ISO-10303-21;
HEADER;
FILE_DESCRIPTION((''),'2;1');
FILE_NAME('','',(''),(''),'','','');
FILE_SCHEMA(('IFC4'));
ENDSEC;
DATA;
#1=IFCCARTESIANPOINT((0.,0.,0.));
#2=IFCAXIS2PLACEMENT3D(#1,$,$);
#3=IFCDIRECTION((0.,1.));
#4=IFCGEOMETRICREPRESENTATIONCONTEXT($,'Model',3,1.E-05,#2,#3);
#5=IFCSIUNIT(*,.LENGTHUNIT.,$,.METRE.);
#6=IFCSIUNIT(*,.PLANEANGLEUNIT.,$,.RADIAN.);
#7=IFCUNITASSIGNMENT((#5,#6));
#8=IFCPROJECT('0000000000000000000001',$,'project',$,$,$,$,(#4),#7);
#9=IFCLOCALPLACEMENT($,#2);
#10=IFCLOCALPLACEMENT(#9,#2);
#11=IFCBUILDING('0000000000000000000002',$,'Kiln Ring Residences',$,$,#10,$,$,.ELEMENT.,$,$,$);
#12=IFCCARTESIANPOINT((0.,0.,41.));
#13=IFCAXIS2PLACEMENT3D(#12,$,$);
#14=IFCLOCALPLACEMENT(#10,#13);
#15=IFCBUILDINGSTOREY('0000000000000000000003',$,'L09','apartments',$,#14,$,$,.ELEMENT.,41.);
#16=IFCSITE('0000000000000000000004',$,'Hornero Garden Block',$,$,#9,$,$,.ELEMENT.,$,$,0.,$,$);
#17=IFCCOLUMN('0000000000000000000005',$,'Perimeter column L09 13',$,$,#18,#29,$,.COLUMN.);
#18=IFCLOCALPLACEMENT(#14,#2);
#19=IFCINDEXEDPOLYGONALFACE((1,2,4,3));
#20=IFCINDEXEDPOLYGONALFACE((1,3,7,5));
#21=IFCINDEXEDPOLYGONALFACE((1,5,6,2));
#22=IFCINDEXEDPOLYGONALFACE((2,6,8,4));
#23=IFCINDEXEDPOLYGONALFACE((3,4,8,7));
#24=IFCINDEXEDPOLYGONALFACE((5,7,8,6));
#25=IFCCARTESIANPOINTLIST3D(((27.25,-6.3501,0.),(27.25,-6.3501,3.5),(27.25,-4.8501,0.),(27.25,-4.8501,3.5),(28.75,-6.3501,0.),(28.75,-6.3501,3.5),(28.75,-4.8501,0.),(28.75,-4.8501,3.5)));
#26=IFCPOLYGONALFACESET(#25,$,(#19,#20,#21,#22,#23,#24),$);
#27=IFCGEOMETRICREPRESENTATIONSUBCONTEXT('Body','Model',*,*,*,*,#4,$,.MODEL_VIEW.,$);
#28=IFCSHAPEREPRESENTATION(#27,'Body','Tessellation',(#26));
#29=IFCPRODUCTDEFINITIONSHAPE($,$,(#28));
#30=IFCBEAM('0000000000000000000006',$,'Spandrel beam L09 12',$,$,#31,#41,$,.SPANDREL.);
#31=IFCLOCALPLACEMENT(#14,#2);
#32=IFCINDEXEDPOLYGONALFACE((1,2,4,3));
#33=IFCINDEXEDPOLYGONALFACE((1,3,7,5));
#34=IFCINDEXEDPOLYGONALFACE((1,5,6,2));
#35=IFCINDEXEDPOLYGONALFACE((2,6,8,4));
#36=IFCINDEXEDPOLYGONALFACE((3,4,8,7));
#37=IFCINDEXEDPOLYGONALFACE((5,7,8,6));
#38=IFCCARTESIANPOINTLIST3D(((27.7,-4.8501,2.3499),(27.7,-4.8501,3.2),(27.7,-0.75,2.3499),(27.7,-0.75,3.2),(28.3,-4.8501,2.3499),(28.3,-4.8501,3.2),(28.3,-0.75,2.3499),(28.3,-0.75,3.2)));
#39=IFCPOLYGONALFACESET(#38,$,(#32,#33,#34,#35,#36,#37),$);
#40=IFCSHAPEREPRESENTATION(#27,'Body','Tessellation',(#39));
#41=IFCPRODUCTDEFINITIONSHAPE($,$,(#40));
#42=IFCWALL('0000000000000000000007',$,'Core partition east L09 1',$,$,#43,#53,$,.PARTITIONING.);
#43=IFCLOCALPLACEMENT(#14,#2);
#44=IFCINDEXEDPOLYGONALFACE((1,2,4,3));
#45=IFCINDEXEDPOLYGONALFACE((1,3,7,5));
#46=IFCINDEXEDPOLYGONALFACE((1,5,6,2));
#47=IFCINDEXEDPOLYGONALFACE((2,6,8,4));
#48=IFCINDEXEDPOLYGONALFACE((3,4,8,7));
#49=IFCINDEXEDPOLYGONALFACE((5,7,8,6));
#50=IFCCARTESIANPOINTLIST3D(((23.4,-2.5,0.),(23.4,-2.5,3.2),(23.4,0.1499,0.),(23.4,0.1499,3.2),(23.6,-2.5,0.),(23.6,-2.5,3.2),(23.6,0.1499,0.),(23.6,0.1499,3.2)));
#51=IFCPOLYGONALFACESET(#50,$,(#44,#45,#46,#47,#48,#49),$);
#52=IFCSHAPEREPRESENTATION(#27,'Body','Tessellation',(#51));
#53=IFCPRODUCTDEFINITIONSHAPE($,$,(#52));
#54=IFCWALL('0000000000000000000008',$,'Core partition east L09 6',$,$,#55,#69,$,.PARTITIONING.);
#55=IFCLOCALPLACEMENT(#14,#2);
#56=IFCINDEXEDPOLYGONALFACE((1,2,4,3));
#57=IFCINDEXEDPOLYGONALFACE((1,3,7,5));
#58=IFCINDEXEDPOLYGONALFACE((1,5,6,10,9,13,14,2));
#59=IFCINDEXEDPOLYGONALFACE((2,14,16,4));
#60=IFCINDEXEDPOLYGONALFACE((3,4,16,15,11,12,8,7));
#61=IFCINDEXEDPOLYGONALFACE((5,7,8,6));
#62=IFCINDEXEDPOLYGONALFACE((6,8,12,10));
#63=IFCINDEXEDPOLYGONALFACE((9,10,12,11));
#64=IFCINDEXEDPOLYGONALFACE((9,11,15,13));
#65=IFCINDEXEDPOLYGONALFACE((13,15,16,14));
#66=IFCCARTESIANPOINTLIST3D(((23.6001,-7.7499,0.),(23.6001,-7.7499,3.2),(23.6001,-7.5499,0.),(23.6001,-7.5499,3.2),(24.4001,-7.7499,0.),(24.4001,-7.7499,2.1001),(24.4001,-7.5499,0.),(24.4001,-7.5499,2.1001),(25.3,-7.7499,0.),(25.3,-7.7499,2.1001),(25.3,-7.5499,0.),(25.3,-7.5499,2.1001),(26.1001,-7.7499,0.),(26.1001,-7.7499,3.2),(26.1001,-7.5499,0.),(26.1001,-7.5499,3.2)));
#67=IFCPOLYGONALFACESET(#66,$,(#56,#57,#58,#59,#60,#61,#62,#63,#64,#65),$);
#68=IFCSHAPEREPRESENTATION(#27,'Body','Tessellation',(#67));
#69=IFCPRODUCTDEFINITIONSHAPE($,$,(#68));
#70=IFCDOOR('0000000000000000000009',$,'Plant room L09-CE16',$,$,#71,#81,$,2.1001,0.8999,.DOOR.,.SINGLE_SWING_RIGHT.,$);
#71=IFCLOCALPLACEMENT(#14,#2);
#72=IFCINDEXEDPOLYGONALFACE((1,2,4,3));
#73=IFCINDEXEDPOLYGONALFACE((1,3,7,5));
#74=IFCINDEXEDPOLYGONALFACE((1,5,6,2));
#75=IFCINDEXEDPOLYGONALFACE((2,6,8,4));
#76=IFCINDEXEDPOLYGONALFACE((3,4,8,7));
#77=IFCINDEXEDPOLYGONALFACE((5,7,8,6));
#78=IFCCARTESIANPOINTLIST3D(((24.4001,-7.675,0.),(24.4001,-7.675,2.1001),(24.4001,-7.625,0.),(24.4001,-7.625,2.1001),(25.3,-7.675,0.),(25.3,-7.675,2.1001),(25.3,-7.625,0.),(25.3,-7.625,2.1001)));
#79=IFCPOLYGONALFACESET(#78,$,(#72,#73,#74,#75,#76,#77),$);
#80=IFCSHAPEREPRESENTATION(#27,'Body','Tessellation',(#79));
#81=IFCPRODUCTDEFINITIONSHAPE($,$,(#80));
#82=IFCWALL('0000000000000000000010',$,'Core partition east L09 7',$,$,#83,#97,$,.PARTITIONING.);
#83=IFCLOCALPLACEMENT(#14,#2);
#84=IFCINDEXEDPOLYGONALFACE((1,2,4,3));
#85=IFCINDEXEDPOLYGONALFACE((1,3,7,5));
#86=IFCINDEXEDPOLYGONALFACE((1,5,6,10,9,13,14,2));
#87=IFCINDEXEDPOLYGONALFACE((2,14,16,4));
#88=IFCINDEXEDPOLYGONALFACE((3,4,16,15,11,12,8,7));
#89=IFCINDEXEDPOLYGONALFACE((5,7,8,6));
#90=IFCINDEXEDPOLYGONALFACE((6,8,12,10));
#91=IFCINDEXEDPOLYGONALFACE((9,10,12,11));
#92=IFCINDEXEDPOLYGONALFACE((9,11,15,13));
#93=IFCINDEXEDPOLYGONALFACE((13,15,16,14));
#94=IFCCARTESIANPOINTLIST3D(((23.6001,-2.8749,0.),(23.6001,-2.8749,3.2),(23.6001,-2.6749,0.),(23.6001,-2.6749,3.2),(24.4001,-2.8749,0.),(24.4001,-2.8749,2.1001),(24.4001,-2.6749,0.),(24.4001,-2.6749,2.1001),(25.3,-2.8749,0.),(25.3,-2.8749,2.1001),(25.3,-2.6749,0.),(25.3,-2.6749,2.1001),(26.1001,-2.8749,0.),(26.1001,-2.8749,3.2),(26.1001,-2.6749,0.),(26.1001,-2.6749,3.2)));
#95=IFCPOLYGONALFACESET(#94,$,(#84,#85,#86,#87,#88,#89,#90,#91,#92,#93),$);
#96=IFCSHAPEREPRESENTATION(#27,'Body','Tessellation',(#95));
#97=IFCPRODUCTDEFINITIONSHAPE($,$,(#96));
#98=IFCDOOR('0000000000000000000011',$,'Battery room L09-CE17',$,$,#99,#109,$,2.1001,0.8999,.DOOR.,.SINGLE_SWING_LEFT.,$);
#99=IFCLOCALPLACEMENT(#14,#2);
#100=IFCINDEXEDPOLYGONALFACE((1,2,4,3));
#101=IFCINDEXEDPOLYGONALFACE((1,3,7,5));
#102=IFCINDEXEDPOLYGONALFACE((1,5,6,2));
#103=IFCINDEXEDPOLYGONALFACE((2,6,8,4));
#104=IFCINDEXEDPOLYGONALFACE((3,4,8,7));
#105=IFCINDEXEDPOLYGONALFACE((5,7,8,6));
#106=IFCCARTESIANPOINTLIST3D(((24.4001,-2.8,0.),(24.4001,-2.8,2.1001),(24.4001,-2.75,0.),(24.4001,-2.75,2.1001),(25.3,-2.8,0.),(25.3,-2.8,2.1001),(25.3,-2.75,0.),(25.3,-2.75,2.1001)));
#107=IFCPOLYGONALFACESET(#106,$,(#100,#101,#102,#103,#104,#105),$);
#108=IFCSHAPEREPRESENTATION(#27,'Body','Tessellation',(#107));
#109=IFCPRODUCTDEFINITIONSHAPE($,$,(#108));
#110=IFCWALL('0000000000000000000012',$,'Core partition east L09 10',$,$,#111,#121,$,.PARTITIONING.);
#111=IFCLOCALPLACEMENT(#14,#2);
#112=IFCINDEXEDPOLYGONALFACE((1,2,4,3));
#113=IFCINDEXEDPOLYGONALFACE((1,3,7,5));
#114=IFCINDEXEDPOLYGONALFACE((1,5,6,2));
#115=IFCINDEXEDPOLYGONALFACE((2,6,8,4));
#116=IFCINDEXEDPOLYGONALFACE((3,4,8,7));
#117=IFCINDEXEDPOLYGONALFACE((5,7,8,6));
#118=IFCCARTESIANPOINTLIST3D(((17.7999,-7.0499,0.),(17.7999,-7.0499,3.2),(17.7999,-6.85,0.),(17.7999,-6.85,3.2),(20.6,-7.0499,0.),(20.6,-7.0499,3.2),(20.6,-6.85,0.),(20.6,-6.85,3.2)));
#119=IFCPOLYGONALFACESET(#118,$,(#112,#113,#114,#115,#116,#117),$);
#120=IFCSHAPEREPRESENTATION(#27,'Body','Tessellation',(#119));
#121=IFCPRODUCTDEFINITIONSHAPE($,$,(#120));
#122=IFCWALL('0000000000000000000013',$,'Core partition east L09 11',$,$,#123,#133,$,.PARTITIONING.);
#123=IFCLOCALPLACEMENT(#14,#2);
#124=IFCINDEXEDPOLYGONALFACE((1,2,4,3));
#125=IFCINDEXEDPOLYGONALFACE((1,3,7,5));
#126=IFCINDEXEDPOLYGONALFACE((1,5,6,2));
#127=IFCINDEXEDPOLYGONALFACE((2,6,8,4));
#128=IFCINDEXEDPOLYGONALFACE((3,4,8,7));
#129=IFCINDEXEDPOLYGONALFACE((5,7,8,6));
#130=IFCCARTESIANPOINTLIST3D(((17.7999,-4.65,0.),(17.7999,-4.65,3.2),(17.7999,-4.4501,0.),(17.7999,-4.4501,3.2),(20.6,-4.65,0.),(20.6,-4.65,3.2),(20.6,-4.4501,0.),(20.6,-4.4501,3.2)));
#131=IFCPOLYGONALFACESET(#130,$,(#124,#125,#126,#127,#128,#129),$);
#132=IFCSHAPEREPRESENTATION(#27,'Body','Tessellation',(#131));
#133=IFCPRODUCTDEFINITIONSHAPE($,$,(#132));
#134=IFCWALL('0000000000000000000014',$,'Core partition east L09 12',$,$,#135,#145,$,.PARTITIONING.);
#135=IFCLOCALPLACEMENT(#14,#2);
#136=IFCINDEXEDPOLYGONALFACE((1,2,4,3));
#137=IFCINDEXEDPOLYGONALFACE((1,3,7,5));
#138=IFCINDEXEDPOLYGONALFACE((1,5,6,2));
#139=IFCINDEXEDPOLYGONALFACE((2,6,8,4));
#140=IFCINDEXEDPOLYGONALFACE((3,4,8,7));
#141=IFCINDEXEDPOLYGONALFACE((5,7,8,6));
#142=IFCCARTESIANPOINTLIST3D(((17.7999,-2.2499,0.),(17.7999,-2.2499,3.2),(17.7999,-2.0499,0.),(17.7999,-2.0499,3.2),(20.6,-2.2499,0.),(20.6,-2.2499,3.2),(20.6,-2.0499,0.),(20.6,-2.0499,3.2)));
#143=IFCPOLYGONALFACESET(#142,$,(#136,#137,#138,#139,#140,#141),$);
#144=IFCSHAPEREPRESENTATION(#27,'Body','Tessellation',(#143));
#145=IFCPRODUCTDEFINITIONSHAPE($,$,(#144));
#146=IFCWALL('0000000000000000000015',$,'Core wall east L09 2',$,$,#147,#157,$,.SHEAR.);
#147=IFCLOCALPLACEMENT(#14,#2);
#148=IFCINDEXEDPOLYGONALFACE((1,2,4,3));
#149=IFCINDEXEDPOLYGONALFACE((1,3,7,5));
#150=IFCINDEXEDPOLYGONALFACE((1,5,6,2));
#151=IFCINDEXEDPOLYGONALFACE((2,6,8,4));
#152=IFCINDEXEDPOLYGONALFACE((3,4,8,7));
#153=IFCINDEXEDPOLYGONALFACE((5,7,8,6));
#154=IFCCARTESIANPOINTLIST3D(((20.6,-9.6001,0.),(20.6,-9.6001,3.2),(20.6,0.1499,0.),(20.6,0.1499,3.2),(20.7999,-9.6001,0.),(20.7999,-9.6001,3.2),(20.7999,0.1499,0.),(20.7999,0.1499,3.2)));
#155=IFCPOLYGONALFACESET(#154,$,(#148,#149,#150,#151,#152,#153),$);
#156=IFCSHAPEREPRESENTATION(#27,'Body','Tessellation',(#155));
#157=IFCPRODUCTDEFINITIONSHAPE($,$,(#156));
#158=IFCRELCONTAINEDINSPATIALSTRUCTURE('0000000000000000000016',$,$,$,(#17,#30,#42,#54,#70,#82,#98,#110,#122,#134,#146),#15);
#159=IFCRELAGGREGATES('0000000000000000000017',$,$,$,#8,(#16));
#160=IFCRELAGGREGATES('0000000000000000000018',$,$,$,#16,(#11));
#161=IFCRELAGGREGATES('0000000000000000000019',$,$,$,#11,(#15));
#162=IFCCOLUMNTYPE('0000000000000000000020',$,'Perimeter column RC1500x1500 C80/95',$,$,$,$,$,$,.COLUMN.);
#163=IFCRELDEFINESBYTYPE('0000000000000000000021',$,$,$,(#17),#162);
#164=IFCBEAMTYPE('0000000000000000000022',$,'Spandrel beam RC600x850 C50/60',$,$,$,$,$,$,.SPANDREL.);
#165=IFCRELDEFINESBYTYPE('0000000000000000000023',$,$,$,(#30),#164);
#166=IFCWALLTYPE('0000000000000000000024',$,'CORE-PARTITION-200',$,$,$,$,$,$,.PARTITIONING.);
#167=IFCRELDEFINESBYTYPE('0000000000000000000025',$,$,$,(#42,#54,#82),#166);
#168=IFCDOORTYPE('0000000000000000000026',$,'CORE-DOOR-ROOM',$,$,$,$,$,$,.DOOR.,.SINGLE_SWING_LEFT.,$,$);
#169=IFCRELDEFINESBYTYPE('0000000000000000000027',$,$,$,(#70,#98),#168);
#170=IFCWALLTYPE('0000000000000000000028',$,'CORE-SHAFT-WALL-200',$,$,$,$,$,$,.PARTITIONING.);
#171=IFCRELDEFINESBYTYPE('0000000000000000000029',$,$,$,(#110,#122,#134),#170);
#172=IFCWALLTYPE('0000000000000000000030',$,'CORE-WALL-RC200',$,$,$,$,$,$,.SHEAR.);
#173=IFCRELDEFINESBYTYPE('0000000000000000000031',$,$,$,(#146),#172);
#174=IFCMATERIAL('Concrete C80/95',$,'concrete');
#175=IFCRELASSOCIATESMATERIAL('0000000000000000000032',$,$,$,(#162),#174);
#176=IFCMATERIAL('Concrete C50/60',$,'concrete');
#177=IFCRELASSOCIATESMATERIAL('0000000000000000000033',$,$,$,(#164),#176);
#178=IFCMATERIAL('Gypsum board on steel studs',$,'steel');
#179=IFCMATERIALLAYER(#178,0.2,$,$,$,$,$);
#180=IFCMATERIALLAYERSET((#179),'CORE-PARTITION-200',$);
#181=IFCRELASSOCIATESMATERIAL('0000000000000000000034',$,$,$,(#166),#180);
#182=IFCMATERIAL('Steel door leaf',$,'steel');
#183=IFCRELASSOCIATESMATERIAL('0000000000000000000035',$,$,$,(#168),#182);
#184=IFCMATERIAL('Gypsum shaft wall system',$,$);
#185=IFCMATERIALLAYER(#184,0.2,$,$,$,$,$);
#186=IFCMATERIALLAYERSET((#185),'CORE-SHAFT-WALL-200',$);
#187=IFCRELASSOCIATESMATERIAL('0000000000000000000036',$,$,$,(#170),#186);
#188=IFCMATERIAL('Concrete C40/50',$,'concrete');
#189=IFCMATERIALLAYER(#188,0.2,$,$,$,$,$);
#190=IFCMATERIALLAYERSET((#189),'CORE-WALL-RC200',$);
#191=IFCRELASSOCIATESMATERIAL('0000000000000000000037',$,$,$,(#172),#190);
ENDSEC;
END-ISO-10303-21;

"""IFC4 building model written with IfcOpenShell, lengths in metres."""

from ifc_helpers import new_model, si_unit, direction, frame, frame_2d, origin, origin_2d, place, context, subcontext, project, spatial, rectangle, extrude, material, layer, layer_set, material_profile, profile_set, type_object, element, fill, save


model = new_model("IFC4")

# Units and contexts
model_context = context("Model", 3, precision=1e-05, world=origin(), true_north=direction((0.0, 1.0)))
body_context = subcontext(model_context, "Body", "Model", "MODEL_VIEW")
ifc_project = project(units=[si_unit("LENGTHUNIT", "METRE"), si_unit("PLANEANGLEUNIT", "RADIAN")], contexts=[model_context])

# Site, building, storey
site_placement = place(None, origin())
site = spatial("IfcSite", under=ifc_project, at=site_placement, Name="Hornero Garden Block", CompositionType="ELEMENT", RefElevation=0.0)
building_placement = place(site_placement, origin())
building = spatial("IfcBuilding", under=site, at=building_placement, Name="Kiln Ring Residences", CompositionType="ELEMENT")
storey_placement = place(building_placement, frame((0.0, 0.0, 41.0)))
storey = spatial("IfcBuildingStorey", under=building, at=storey_placement, Name="L09", Description="apartments", CompositionType="ELEMENT", Elevation=41.0)

# Column
ifc_material_1 = material(Name="Concrete C80/95", Category="concrete")
ifc_material_profile_1 = material_profile(ifc_material_1, rectangle(XDim=1.5, YDim=1.5, at=origin_2d()), Name="RC1500x1500")
ifc_profile_set_1 = profile_set([ifc_material_profile_1], Name="Concrete C80/95")
column_type = type_object("IfcColumnType", Name="Perimeter column RC1500x1500 C80/95", PredefinedType="COLUMN", material=ifc_profile_set_1)
column_placement = place(storey_placement, frame((28.0, -5.6001, 0.0), z_axis=(0.0, 0.0, 1.0), x_axis=(1.0, 0.0, 0.0)))
element("IfcColumn", 1, at=column_placement, inside=storey, type_object=column_type, Name="Perimeter column L09 13", PredefinedType="COLUMN", context=body_context, shape_type="SweptSolid", body=[
    extrude(rectangle(XDim=1.5, YDim=1.5, at=origin_2d()), origin(), (0.0, 0.0, 1.0), 3.5),
])

# Beam
ifc_material_2 = material(Name="Concrete C50/60", Category="concrete")
ifc_material_profile_2 = material_profile(ifc_material_2, rectangle(XDim=0.6001, YDim=0.8501, at=origin_2d()), Name="RC600x850")
ifc_profile_set_2 = profile_set([ifc_material_profile_2], Name="Concrete C50/60")
beam_type = type_object("IfcBeamType", Name="Spandrel beam RC600x850 C50/60", PredefinedType="SPANDREL", material=ifc_profile_set_2)
beam_placement = place(storey_placement, frame((28.0, -4.8501, 2.7749), z_axis=(0.0, 1.0, 0.0), x_axis=(-1.0, 0.0, 0.0)))
element("IfcBeam", 2, at=beam_placement, inside=storey, type_object=beam_type, Name="Spandrel beam L09 12", PredefinedType="SPANDREL", context=body_context, shape_type="SweptSolid", body=[
    extrude(rectangle(XDim=0.6001, YDim=0.8501, at=origin_2d()), origin(), (0.0, 0.0, 1.0), 4.1001),
])

# Wall
ifc_material_3 = material(Name="Gypsum board on steel studs", Category="steel")
ifc_layer_1 = layer(ifc_material_3, 0.2)
ifc_layer_set_1 = layer_set([ifc_layer_1], Name="CORE-PARTITION-200")
wall_type_1 = type_object("IfcWallType", Name="CORE-PARTITION-200", PredefinedType="PARTITIONING", material=ifc_layer_set_1)
wall_1_placement = place(storey_placement, frame((23.5, -2.5, 0.0), z_axis=(0.0, 0.0, 1.0), x_axis=(0.0, 1.0, 0.0)))
element("IfcWall", 3, at=wall_1_placement, inside=storey, type_object=wall_type_1, Name="Core partition east L09 1", PredefinedType="PARTITIONING", context=body_context, shape_type="SweptSolid", body=[
    extrude(rectangle(XDim=2.6499, YDim=0.2, at=frame_2d((1.325, 0.0))), origin(), (0.0, 0.0, 1.0), 3.2),
])

# Walls, openings, doors
wall_2_placement = place(storey_placement, frame((23.6001, -7.6499, 0.0), z_axis=(0.0, 0.0, 1.0), x_axis=(1.0, 0.0, 0.0)))
wall_2 = element("IfcWall", 4, at=wall_2_placement, inside=storey, type_object=wall_type_1, Name="Core partition east L09 6", PredefinedType="PARTITIONING", context=body_context, shape_type="SweptSolid", body=[
    extrude(rectangle(XDim=2.5, YDim=0.2, at=frame_2d((1.25, 0.0))), origin(), (0.0, 0.0, 1.0), 3.2),
])
opening_1_placement = place(wall_2_placement, frame((0.8, 0.0, 0.0)))
opening_1 = element("IfcOpeningElement", 5, at=opening_1_placement, cuts=wall_2, PredefinedType="OPENING", context=body_context, shape_type="SweptSolid", body=[
    extrude(rectangle(XDim=0.8999, YDim=2.1001, at=frame_2d((0.45, 1.05))), frame((0.0, 0.1099, 0.0), z_axis=(0.0, -1.0, 0.0), x_axis=(1.0, 0.0, 0.0)), (0.0, 0.0, 1.0), 0.22),
])
ifc_material_4 = material(Name="Steel door leaf", Category="steel")
door_type_1 = type_object("IfcDoorType", Name="CORE-DOOR-ROOM", OperationType="SINGLE_SWING_LEFT", PredefinedType="DOOR", material=ifc_material_4)
door_1_placement = place(opening_1_placement, origin())
door_1 = element("IfcDoor", 6, at=door_1_placement, inside=storey, type_object=door_type_1, Name="Plant room L09-CE16", OperationType="SINGLE_SWING_RIGHT", OverallHeight=2.1001, OverallWidth=0.8999, PredefinedType="DOOR", context=body_context, shape_type="SweptSolid", body=[
    extrude(rectangle(XDim=0.8999, YDim=2.1001, at=frame_2d((0.45, 1.05))), frame((0.0, 0.0249, 0.0), z_axis=(0.0, -1.0, 0.0), x_axis=(1.0, 0.0, 0.0)), (0.0, 0.0, 1.0), 0.05),
])
fill(opening_1, door_1)
wall_3_placement = place(storey_placement, frame((23.6001, -2.7749, 0.0), z_axis=(0.0, 0.0, 1.0), x_axis=(1.0, 0.0, 0.0)))
wall_3 = element("IfcWall", 7, at=wall_3_placement, inside=storey, type_object=wall_type_1, Name="Core partition east L09 7", PredefinedType="PARTITIONING", context=body_context, shape_type="SweptSolid", body=[
    extrude(rectangle(XDim=2.5, YDim=0.2, at=frame_2d((1.25, 0.0))), origin(), (0.0, 0.0, 1.0), 3.2),
])
opening_2_placement = place(wall_3_placement, frame((0.8, 0.0, 0.0)))
opening_2 = element("IfcOpeningElement", 8, at=opening_2_placement, cuts=wall_3, PredefinedType="OPENING", context=body_context, shape_type="SweptSolid", body=[
    extrude(rectangle(XDim=0.8999, YDim=2.1001, at=frame_2d((0.45, 1.05))), frame((0.0, 0.1099, 0.0), z_axis=(0.0, -1.0, 0.0), x_axis=(1.0, 0.0, 0.0)), (0.0, 0.0, 1.0), 0.22),
])
door_2_placement = place(opening_2_placement, origin())
door_2 = element("IfcDoor", 9, at=door_2_placement, inside=storey, type_object=door_type_1, Name="Battery room L09-CE17", OperationType="SINGLE_SWING_LEFT", OverallHeight=2.1001, OverallWidth=0.8999, PredefinedType="DOOR", context=body_context, shape_type="SweptSolid", body=[
    extrude(rectangle(XDim=0.8999, YDim=2.1001, at=frame_2d((0.45, 1.05))), frame((0.0, 0.0249, 0.0), z_axis=(0.0, -1.0, 0.0), x_axis=(1.0, 0.0, 0.0)), (0.0, 0.0, 1.0), 0.05),
])
fill(opening_2, door_2)

# Walls
ifc_material_5 = material(Name="Gypsum shaft wall system")
ifc_layer_2 = layer(ifc_material_5, 0.2)
ifc_layer_set_2 = layer_set([ifc_layer_2], Name="CORE-SHAFT-WALL-200")
wall_type_2 = type_object("IfcWallType", Name="CORE-SHAFT-WALL-200", PredefinedType="PARTITIONING", material=ifc_layer_set_2)
for number, where, z_axis, x_axis, name in (
    (10, (17.8, -6.95, 0.0), (0.0, 0.0, 1.0), (1.0, 0.0, 0.0), "Core partition east L09 10"),
    (11, (17.8, -4.55, 0.0), (0.0, 0.0, 1.0), (1.0, 0.0, 0.0), "Core partition east L09 11"),
    (12, (17.8, -2.1499, 0.0), (0.0, 0.0, 1.0), (1.0, 0.0, 0.0), "Core partition east L09 12"),
):
    element("IfcWall", number, at=place(storey_placement, frame(where, z_axis=z_axis, x_axis=x_axis)), inside=storey, type_object=wall_type_2, Name=name, PredefinedType="PARTITIONING", context=body_context, shape_type="SweptSolid", body=[
        extrude(rectangle(XDim=2.8, YDim=0.2, at=frame_2d((1.3999, 0.0))), origin(), (0.0, 0.0, 1.0), 3.2),
    ])
ifc_material_6 = material(Name="Concrete C40/50", Category="concrete")
ifc_layer_3 = layer(ifc_material_6, 0.2)
ifc_layer_set_3 = layer_set([ifc_layer_3], Name="CORE-WALL-RC200")
wall_type_3 = type_object("IfcWallType", Name="CORE-WALL-RC200", PredefinedType="SHEAR", material=ifc_layer_set_3)
wall_4_placement = place(storey_placement, frame((20.7, -9.6001, 0.0), z_axis=(0.0, 0.0, 1.0), x_axis=(0.0, 1.0, 0.0)))
element("IfcWall", 13, at=wall_4_placement, inside=storey, type_object=wall_type_3, Name="Core wall east L09 2", PredefinedType="SHEAR", context=body_context, shape_type="SweptSolid", body=[
    extrude(rectangle(XDim=9.75, YDim=0.2, at=frame_2d((4.875, 0.0))), origin(), (0.0, 0.0, 1.0), 3.2),
])

save(model, "model.ifc")
